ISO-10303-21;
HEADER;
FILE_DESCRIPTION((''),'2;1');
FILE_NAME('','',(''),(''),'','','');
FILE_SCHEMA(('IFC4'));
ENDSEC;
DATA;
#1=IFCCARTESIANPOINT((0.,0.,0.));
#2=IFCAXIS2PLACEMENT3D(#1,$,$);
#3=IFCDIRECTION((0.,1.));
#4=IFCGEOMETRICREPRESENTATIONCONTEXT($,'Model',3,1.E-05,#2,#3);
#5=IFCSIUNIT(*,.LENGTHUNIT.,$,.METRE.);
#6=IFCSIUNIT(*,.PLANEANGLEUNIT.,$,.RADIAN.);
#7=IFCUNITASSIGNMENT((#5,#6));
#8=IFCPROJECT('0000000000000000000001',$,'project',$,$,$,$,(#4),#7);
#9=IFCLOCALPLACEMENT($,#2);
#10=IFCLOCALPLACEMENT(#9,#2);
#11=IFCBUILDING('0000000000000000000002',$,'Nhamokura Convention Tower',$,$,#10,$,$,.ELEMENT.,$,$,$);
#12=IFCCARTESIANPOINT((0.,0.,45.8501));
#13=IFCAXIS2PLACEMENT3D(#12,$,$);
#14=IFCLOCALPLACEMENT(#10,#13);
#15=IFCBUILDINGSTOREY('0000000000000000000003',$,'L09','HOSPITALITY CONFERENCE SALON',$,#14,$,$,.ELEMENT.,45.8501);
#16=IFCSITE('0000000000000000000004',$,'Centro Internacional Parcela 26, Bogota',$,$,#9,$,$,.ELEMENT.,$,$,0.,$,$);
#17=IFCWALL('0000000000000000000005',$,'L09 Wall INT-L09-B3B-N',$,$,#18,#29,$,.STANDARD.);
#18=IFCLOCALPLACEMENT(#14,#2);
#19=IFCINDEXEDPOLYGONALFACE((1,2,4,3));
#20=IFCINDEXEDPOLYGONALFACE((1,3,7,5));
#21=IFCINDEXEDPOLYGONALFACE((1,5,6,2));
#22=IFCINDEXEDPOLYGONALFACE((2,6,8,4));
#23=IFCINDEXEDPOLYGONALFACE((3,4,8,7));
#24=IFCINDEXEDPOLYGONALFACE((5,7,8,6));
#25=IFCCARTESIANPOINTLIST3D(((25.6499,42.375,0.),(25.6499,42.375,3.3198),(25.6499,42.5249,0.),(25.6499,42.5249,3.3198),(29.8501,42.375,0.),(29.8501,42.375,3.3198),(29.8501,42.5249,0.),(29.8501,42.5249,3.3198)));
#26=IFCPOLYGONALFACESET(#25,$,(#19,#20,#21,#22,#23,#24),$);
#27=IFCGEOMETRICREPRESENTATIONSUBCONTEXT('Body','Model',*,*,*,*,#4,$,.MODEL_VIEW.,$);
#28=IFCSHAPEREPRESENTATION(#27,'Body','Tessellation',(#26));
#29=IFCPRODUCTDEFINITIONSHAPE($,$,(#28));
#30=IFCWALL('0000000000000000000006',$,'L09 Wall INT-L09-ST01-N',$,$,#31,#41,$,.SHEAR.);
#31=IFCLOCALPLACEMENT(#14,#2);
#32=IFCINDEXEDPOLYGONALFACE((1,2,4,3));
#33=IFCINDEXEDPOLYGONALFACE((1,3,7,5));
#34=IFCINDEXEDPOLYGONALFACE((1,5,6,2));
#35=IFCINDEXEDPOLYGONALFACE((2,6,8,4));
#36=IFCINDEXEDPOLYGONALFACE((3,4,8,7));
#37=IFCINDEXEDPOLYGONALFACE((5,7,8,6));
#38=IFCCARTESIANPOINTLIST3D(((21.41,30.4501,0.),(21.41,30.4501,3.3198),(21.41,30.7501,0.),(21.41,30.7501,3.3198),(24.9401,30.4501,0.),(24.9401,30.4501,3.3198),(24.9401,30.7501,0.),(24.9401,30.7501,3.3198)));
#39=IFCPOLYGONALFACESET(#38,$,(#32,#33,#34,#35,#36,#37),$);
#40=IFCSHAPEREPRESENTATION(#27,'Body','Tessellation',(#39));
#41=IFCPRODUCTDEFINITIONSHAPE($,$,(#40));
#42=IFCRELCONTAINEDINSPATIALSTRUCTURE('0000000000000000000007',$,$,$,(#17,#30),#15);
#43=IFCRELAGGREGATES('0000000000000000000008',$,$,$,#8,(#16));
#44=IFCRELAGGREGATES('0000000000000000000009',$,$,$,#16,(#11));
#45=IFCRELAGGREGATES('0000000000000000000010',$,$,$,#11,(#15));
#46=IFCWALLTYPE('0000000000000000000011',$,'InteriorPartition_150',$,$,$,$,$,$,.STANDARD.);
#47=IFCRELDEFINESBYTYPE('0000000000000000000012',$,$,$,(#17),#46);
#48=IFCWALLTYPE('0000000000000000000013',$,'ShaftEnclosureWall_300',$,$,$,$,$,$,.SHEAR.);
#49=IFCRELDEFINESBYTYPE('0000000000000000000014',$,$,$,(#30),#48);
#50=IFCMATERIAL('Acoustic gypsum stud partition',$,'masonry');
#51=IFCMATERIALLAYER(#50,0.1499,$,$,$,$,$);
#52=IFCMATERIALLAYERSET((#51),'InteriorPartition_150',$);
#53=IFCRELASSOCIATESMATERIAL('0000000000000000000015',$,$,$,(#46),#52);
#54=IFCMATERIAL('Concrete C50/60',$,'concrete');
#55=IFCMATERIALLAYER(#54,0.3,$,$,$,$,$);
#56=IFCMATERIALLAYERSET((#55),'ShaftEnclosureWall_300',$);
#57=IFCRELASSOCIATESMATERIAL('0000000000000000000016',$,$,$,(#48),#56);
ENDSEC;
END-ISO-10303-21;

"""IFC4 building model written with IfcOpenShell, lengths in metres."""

from ifc_helpers import new_model, si_unit, direction, frame, frame_2d, origin, place, context, subcontext, project, spatial, rectangle, extrude, material, layer, layer_set, type_object, element, save


model = new_model("IFC4")

# Units and contexts
model_context = context("Model", 3, precision=1e-05, world=origin(), true_north=direction((0.0, 1.0)))
body_context = subcontext(model_context, "Body", "Model", "MODEL_VIEW")
ifc_project = project(units=[si_unit("LENGTHUNIT", "METRE"), si_unit("PLANEANGLEUNIT", "RADIAN")], contexts=[model_context])

# Site, building, storey
site_placement = place(None, origin())
site = spatial("IfcSite", under=ifc_project, at=site_placement, Name="Centro Internacional Parcela 26, Bogota", CompositionType="ELEMENT", RefElevation=0.0)
building_placement = place(site_placement, origin())
building = spatial("IfcBuilding", under=site, at=building_placement, Name="Nhamokura Convention Tower", CompositionType="ELEMENT")
storey_placement = place(building_placement, frame((0.0, 0.0, 45.8501)))
storey = spatial("IfcBuildingStorey", under=building, at=storey_placement, Name="L09", Description="HOSPITALITY CONFERENCE SALON", CompositionType="ELEMENT", Elevation=45.8501)

# Walls
ifc_material_1 = material(Name="Acoustic gypsum stud partition", Category="masonry")
ifc_layer_1 = layer(ifc_material_1, 0.1499)
ifc_layer_set_1 = layer_set([ifc_layer_1], Name="InteriorPartition_150")
wall_type_1 = type_object("IfcWallType", Name="InteriorPartition_150", PredefinedType="STANDARD", material=ifc_layer_set_1)
for number, where, z_axis, x_axis, name in (
    (1, (25.6499, 42.45, 0.0), (0.0, 0.0, 1.0), (1.0, 0.0, 0.0), "L09 Wall INT-L09-B3B-N"),
):
    element("IfcWall", number, at=place(storey_placement, frame(where, z_axis=z_axis, x_axis=x_axis)), inside=storey, type_object=wall_type_1, Name=name, PredefinedType="STANDARD", context=body_context, shape_type="SweptSolid", body=[
        extrude(rectangle(XDim=4.2002, YDim=0.1499, at=frame_2d((2.1001, 0.0))), origin(), (0.0, 0.0, 1.0), 3.3198),
    ])
ifc_material_2 = material(Name="Concrete C50/60", Category="concrete")
ifc_layer_2 = layer(ifc_material_2, 0.3)
ifc_layer_set_2 = layer_set([ifc_layer_2], Name="ShaftEnclosureWall_300")
wall_type_2 = type_object("IfcWallType", Name="ShaftEnclosureWall_300", PredefinedType="SHEAR", material=ifc_layer_set_2)
wall_1_placement = place(storey_placement, frame((21.4099, 30.6001, 0.0), z_axis=(0.0, 0.0, 1.0), x_axis=(1.0, 0.0, 0.0)))
element("IfcWall", 2, at=wall_1_placement, inside=storey, type_object=wall_type_2, Name="L09 Wall INT-L09-ST01-N", PredefinedType="SHEAR", context=body_context, shape_type="SweptSolid", body=[
    extrude(rectangle(XDim=3.53, YDim=0.3, at=frame_2d((1.7651, 0.0))), origin(), (0.0, 0.0, 1.0), 3.3198),
])

save(model, "model.ifc")
